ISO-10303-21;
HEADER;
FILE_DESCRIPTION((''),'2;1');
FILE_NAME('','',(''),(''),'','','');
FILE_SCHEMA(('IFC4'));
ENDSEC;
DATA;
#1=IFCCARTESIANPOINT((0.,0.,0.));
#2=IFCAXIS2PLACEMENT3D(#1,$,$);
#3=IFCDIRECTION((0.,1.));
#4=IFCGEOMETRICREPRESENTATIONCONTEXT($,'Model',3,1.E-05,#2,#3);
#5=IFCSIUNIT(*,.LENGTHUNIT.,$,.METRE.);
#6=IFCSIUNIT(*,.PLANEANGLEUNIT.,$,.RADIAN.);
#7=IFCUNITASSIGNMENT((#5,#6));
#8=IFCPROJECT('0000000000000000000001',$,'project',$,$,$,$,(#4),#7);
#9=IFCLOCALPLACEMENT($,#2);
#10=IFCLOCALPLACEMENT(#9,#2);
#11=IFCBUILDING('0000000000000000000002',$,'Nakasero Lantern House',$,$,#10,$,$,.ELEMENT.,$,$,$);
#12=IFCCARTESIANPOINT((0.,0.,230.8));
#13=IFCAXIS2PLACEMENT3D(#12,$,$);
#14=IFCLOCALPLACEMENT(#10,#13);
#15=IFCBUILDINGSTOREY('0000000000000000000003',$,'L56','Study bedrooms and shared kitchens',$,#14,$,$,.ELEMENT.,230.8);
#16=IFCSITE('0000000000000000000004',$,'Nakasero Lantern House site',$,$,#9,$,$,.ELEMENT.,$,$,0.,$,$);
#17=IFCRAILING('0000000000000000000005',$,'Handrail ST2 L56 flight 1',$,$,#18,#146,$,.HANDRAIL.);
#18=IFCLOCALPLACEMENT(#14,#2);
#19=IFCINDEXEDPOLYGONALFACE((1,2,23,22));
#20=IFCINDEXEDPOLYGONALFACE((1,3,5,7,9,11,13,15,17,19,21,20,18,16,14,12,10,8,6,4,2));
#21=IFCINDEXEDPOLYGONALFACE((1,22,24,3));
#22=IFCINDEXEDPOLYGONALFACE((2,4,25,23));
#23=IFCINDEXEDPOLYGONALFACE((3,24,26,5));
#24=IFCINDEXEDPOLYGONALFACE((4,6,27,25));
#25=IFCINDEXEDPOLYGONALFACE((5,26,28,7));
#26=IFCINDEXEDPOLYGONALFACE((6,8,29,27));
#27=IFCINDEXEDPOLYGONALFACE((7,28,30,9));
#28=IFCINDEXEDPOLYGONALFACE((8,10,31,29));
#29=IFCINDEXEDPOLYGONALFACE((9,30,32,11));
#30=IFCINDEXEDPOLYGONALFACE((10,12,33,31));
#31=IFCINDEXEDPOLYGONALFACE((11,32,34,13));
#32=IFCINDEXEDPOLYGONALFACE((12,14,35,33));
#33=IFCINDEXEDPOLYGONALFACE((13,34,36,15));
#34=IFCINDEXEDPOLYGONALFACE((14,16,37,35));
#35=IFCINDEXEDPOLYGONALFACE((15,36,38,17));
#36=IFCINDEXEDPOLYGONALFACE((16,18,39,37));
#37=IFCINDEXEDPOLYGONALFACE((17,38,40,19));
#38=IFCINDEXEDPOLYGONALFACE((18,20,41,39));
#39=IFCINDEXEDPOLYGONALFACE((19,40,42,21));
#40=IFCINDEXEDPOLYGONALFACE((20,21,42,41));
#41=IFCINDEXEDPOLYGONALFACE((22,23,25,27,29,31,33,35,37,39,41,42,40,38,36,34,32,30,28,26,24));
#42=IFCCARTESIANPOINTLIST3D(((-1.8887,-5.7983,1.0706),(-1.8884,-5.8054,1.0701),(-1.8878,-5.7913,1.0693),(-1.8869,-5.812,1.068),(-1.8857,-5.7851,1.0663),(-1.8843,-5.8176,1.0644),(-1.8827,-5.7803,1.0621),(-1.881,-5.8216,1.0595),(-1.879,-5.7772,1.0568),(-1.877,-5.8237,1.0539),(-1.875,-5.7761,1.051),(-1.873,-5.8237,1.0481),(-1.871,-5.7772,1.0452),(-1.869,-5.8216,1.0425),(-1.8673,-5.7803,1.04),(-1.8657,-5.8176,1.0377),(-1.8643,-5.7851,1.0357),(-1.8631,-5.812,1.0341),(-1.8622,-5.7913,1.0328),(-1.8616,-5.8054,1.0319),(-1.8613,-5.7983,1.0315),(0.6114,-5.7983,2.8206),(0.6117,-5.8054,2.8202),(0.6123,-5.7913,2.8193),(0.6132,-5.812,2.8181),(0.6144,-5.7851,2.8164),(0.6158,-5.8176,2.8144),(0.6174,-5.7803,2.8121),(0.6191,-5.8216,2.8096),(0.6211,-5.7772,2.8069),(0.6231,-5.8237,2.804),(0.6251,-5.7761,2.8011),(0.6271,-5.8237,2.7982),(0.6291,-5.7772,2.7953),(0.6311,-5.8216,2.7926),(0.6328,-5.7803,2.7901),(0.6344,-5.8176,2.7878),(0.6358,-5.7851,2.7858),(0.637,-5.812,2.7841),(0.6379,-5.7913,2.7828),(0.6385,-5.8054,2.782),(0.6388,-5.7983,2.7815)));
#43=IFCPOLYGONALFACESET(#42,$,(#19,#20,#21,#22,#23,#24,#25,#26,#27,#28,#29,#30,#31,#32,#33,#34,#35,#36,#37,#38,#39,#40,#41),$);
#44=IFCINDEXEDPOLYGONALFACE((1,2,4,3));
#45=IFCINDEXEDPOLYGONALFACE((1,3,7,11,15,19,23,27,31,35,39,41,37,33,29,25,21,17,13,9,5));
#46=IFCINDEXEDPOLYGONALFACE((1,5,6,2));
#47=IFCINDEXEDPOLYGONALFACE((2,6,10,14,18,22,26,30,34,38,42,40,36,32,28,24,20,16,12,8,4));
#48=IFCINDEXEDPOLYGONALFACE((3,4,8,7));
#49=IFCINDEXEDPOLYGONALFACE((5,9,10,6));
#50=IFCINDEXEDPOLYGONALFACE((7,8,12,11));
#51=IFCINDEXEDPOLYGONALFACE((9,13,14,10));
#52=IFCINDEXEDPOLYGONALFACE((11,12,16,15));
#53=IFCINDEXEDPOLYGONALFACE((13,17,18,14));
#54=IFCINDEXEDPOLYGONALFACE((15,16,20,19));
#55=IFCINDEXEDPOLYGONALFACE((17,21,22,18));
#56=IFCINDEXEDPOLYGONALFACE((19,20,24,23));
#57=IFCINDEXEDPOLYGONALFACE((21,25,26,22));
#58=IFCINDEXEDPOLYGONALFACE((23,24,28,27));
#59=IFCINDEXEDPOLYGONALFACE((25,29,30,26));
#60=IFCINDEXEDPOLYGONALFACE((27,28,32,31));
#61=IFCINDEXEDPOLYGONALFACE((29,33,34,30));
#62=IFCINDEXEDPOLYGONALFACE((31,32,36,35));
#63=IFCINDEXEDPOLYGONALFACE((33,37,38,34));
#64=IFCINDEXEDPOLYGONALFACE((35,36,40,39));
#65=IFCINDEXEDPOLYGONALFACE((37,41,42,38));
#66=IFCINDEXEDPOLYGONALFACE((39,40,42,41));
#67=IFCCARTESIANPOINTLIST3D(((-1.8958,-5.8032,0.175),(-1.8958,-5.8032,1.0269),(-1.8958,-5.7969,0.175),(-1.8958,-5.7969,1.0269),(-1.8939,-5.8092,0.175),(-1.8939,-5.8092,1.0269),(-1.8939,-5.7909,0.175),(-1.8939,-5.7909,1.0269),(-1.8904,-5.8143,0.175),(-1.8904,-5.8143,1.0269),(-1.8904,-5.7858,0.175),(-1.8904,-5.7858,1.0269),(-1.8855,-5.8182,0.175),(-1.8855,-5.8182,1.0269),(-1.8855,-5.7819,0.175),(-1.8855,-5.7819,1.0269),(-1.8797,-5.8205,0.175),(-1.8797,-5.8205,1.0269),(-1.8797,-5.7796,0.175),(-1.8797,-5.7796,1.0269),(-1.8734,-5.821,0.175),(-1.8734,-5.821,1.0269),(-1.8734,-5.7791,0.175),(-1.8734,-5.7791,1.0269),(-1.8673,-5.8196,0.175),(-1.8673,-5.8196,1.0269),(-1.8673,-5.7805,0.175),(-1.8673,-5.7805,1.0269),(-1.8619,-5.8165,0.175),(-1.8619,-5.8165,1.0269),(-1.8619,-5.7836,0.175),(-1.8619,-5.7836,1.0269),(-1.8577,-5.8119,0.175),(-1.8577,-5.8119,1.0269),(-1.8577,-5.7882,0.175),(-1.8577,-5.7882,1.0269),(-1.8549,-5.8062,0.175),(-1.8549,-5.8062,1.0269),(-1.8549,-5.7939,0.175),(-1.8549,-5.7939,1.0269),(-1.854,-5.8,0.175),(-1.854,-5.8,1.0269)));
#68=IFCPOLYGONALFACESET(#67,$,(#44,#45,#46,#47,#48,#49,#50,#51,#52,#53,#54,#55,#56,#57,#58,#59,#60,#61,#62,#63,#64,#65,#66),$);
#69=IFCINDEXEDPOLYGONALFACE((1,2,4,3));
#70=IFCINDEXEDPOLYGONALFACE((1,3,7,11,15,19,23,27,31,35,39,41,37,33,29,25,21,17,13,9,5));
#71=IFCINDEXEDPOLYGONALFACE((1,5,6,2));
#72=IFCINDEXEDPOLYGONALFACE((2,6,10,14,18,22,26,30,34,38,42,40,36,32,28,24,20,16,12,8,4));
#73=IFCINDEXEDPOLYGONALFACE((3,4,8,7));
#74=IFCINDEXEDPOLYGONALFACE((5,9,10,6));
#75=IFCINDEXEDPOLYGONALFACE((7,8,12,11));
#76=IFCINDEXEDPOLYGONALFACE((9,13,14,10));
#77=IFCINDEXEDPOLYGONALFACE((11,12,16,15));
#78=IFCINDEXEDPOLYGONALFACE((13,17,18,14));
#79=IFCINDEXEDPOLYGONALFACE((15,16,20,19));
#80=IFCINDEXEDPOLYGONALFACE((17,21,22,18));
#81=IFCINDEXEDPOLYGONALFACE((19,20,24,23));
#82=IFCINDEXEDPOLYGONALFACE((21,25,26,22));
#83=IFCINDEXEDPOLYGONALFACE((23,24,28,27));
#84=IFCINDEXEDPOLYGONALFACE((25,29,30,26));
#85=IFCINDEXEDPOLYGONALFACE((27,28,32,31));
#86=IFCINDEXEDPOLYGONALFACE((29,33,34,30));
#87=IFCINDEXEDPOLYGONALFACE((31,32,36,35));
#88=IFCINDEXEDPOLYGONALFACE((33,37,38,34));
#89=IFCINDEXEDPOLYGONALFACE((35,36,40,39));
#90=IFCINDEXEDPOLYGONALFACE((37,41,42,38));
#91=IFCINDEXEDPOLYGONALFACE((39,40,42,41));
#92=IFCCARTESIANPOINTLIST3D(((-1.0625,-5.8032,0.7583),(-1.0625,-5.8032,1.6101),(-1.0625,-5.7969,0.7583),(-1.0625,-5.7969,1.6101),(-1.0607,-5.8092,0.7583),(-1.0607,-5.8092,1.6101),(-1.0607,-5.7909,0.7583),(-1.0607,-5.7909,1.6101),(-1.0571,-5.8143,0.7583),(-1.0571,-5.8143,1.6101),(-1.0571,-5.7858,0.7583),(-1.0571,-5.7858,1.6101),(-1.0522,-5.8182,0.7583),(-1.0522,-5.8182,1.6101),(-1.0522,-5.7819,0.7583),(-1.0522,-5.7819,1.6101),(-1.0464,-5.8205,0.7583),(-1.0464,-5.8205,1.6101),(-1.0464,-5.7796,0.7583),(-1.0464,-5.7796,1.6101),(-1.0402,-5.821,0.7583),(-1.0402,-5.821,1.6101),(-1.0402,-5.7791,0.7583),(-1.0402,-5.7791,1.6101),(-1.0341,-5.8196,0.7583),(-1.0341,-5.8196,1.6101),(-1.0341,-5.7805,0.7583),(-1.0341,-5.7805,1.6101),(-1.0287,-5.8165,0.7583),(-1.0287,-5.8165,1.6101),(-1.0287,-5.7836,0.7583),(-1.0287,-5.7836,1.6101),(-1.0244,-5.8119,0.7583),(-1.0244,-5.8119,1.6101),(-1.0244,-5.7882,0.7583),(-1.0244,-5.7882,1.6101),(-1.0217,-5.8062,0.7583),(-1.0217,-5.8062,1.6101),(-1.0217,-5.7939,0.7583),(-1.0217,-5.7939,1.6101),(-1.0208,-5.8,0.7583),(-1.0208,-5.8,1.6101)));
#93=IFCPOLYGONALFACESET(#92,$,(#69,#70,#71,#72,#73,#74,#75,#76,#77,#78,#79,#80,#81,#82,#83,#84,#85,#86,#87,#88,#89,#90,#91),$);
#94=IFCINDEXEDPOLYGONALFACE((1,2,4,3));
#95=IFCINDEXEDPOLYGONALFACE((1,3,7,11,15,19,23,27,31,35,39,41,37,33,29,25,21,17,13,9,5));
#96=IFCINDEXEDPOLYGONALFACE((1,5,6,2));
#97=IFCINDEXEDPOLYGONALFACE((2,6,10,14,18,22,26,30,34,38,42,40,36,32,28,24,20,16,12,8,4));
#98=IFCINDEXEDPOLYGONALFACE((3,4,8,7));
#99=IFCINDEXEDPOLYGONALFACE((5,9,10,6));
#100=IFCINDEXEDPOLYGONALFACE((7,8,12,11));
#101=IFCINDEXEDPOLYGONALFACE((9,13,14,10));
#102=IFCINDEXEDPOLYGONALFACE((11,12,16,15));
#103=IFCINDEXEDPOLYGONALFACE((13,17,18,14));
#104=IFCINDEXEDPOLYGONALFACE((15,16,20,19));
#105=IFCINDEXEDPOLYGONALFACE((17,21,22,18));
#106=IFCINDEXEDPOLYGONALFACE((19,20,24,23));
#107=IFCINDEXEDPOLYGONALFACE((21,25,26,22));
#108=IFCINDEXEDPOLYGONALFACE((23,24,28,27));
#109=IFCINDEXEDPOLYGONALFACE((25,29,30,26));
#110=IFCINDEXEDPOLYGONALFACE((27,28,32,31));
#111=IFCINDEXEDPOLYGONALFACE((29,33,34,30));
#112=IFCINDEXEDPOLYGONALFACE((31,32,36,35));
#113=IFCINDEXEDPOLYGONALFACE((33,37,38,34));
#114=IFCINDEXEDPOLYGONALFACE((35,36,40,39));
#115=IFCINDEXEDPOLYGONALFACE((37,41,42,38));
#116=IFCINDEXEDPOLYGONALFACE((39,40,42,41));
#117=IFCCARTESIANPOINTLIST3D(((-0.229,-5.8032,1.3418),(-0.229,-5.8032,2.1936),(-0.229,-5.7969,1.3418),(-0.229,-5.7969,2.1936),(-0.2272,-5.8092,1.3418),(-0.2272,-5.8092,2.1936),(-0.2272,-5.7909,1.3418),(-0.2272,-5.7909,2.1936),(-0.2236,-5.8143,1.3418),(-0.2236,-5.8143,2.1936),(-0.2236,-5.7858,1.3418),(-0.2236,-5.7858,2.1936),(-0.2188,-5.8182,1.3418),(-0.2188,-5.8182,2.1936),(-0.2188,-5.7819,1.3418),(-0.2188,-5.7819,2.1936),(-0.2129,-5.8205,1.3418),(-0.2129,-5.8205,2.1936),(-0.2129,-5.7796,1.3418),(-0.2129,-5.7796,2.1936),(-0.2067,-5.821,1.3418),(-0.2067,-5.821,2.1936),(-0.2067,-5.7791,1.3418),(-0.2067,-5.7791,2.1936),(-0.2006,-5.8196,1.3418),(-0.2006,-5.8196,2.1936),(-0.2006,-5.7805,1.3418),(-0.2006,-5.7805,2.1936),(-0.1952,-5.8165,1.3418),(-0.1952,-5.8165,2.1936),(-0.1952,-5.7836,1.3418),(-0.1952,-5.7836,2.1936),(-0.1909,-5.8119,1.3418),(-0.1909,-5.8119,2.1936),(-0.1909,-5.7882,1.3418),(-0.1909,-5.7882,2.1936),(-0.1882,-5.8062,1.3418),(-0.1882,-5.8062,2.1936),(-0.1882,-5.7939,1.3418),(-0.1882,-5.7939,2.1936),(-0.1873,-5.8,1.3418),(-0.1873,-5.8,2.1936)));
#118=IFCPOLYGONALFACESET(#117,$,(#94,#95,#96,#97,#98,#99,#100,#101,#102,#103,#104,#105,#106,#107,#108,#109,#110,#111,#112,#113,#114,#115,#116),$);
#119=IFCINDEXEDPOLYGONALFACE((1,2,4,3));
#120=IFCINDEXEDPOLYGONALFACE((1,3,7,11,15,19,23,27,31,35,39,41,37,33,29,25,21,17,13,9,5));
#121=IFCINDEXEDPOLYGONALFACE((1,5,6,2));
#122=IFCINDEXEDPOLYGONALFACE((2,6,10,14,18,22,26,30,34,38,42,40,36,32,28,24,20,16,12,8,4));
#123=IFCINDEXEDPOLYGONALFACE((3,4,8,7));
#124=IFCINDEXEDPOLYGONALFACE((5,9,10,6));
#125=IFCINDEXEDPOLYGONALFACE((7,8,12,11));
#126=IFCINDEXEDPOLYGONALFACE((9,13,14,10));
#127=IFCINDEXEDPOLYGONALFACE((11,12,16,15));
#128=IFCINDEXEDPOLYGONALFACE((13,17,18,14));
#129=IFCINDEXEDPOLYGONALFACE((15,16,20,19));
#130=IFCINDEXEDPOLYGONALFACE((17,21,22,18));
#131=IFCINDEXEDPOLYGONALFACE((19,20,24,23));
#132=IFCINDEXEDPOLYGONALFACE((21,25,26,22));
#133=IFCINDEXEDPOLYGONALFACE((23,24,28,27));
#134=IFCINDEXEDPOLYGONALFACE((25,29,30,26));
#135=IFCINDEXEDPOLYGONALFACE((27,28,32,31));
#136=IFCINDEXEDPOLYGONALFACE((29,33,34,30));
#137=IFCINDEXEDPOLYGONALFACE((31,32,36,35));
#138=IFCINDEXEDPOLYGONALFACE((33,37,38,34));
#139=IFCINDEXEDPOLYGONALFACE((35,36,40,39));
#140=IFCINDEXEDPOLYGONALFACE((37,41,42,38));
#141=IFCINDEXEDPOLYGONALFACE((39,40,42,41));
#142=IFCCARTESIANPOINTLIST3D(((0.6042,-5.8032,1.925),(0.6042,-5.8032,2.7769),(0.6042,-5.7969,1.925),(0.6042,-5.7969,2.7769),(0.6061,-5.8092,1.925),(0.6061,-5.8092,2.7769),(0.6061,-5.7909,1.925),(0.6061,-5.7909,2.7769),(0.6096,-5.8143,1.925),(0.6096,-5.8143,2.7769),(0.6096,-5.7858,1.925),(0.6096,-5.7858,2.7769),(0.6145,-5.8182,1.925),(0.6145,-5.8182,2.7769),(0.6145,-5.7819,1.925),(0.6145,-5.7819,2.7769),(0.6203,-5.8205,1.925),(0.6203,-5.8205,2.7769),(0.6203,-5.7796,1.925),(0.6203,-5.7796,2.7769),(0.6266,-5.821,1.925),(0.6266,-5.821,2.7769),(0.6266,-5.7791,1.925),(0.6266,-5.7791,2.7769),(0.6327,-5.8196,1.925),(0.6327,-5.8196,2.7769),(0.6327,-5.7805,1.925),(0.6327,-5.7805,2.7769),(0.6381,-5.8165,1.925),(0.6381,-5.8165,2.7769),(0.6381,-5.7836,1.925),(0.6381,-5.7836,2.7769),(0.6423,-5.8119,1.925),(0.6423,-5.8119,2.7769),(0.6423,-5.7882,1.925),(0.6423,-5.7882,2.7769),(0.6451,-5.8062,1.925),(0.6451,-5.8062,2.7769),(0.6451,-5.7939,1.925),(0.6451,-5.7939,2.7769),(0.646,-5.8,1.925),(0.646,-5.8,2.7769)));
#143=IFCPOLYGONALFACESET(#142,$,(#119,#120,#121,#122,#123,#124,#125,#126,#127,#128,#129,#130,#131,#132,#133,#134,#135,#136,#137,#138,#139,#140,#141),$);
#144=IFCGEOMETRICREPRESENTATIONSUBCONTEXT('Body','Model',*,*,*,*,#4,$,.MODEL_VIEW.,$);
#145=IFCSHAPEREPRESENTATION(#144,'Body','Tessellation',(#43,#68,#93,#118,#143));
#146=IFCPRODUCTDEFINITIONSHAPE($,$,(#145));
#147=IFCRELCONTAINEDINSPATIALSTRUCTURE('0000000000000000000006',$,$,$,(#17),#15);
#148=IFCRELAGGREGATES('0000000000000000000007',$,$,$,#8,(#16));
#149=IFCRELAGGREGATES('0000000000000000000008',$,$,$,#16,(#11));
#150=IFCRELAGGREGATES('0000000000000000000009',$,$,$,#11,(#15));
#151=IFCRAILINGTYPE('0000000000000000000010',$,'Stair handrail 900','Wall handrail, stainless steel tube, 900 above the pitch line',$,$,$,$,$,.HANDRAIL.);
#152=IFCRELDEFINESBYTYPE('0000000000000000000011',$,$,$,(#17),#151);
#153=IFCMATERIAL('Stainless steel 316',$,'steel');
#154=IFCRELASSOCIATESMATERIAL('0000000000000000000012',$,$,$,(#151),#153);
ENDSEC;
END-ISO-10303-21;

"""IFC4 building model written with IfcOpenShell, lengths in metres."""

from ifc_helpers import new_model, si_unit, direction, frame, origin, origin_2d, place, context, subcontext, project, spatial, circle, extrude, material, type_object, element, save


model = new_model("IFC4")

# Units and contexts
model_context = context("Model", 3, precision=1e-05, world=origin(), true_north=direction((0.0, 1.0)))
body_context = subcontext(model_context, "Body", "Model", "MODEL_VIEW")
ifc_project = project(units=[si_unit("LENGTHUNIT", "METRE"), si_unit("PLANEANGLEUNIT", "RADIAN")], contexts=[model_context])

# Site, building, storey
site_placement = place(None, origin())
site = spatial("IfcSite", under=ifc_project, at=site_placement, Name="Nakasero Lantern House site", CompositionType="ELEMENT", RefElevation=0.0)
building_placement = place(site_placement, origin())
building = spatial("IfcBuilding", under=site, at=building_placement, Name="Nakasero Lantern House", CompositionType="ELEMENT")
storey_placement = place(building_placement, frame((0.0, 0.0, 230.8)))
storey = spatial("IfcBuildingStorey", under=building, at=storey_placement, Name="L56", Description="Study bedrooms and shared kitchens", CompositionType="ELEMENT", Elevation=230.8)

# Railing
ifc_material_1 = material(Name="Stainless steel 316", Category="steel")
railing_type = type_object("IfcRailingType", Name="Stair handrail 900", Description="Wall handrail, stainless steel tube, 900 above the pitch line", PredefinedType="HANDRAIL", material=ifc_material_1)
railing_placement = place(storey_placement, frame((-1.875, -5.8, 0.175)))
element("IfcRailing", 1, at=railing_placement, inside=storey, type_object=railing_type, Name="Handrail ST2 L56 flight 1", PredefinedType="HANDRAIL", context=body_context, shape_type="SweptSolid", body=[
    extrude(circle(Radius=0.0239, at=origin_2d()), frame((0.0, 0.0, 0.876), z_axis=(0.819232, 0.0, 0.573462), x_axis=(0.0, 1.0, 0.0)), (0.0, 0.0, 1.0), 3.0518),
    extrude(circle(Radius=0.021, at=origin_2d()), origin(), (0.0, 0.0, 1.0), 0.8518),
    extrude(circle(Radius=0.021, at=origin_2d()), frame((0.8333, 0.0, 0.5833)), (0.0, 0.0, 1.0), 0.8518),
    extrude(circle(Radius=0.021, at=origin_2d()), frame((1.6667, 0.0, 1.1667)), (0.0, 0.0, 1.0), 0.8518),
    extrude(circle(Radius=0.021, at=origin_2d()), frame((2.5, 0.0, 1.75)), (0.0, 0.0, 1.0), 0.8518),
])

save(model, "model.ifc")
